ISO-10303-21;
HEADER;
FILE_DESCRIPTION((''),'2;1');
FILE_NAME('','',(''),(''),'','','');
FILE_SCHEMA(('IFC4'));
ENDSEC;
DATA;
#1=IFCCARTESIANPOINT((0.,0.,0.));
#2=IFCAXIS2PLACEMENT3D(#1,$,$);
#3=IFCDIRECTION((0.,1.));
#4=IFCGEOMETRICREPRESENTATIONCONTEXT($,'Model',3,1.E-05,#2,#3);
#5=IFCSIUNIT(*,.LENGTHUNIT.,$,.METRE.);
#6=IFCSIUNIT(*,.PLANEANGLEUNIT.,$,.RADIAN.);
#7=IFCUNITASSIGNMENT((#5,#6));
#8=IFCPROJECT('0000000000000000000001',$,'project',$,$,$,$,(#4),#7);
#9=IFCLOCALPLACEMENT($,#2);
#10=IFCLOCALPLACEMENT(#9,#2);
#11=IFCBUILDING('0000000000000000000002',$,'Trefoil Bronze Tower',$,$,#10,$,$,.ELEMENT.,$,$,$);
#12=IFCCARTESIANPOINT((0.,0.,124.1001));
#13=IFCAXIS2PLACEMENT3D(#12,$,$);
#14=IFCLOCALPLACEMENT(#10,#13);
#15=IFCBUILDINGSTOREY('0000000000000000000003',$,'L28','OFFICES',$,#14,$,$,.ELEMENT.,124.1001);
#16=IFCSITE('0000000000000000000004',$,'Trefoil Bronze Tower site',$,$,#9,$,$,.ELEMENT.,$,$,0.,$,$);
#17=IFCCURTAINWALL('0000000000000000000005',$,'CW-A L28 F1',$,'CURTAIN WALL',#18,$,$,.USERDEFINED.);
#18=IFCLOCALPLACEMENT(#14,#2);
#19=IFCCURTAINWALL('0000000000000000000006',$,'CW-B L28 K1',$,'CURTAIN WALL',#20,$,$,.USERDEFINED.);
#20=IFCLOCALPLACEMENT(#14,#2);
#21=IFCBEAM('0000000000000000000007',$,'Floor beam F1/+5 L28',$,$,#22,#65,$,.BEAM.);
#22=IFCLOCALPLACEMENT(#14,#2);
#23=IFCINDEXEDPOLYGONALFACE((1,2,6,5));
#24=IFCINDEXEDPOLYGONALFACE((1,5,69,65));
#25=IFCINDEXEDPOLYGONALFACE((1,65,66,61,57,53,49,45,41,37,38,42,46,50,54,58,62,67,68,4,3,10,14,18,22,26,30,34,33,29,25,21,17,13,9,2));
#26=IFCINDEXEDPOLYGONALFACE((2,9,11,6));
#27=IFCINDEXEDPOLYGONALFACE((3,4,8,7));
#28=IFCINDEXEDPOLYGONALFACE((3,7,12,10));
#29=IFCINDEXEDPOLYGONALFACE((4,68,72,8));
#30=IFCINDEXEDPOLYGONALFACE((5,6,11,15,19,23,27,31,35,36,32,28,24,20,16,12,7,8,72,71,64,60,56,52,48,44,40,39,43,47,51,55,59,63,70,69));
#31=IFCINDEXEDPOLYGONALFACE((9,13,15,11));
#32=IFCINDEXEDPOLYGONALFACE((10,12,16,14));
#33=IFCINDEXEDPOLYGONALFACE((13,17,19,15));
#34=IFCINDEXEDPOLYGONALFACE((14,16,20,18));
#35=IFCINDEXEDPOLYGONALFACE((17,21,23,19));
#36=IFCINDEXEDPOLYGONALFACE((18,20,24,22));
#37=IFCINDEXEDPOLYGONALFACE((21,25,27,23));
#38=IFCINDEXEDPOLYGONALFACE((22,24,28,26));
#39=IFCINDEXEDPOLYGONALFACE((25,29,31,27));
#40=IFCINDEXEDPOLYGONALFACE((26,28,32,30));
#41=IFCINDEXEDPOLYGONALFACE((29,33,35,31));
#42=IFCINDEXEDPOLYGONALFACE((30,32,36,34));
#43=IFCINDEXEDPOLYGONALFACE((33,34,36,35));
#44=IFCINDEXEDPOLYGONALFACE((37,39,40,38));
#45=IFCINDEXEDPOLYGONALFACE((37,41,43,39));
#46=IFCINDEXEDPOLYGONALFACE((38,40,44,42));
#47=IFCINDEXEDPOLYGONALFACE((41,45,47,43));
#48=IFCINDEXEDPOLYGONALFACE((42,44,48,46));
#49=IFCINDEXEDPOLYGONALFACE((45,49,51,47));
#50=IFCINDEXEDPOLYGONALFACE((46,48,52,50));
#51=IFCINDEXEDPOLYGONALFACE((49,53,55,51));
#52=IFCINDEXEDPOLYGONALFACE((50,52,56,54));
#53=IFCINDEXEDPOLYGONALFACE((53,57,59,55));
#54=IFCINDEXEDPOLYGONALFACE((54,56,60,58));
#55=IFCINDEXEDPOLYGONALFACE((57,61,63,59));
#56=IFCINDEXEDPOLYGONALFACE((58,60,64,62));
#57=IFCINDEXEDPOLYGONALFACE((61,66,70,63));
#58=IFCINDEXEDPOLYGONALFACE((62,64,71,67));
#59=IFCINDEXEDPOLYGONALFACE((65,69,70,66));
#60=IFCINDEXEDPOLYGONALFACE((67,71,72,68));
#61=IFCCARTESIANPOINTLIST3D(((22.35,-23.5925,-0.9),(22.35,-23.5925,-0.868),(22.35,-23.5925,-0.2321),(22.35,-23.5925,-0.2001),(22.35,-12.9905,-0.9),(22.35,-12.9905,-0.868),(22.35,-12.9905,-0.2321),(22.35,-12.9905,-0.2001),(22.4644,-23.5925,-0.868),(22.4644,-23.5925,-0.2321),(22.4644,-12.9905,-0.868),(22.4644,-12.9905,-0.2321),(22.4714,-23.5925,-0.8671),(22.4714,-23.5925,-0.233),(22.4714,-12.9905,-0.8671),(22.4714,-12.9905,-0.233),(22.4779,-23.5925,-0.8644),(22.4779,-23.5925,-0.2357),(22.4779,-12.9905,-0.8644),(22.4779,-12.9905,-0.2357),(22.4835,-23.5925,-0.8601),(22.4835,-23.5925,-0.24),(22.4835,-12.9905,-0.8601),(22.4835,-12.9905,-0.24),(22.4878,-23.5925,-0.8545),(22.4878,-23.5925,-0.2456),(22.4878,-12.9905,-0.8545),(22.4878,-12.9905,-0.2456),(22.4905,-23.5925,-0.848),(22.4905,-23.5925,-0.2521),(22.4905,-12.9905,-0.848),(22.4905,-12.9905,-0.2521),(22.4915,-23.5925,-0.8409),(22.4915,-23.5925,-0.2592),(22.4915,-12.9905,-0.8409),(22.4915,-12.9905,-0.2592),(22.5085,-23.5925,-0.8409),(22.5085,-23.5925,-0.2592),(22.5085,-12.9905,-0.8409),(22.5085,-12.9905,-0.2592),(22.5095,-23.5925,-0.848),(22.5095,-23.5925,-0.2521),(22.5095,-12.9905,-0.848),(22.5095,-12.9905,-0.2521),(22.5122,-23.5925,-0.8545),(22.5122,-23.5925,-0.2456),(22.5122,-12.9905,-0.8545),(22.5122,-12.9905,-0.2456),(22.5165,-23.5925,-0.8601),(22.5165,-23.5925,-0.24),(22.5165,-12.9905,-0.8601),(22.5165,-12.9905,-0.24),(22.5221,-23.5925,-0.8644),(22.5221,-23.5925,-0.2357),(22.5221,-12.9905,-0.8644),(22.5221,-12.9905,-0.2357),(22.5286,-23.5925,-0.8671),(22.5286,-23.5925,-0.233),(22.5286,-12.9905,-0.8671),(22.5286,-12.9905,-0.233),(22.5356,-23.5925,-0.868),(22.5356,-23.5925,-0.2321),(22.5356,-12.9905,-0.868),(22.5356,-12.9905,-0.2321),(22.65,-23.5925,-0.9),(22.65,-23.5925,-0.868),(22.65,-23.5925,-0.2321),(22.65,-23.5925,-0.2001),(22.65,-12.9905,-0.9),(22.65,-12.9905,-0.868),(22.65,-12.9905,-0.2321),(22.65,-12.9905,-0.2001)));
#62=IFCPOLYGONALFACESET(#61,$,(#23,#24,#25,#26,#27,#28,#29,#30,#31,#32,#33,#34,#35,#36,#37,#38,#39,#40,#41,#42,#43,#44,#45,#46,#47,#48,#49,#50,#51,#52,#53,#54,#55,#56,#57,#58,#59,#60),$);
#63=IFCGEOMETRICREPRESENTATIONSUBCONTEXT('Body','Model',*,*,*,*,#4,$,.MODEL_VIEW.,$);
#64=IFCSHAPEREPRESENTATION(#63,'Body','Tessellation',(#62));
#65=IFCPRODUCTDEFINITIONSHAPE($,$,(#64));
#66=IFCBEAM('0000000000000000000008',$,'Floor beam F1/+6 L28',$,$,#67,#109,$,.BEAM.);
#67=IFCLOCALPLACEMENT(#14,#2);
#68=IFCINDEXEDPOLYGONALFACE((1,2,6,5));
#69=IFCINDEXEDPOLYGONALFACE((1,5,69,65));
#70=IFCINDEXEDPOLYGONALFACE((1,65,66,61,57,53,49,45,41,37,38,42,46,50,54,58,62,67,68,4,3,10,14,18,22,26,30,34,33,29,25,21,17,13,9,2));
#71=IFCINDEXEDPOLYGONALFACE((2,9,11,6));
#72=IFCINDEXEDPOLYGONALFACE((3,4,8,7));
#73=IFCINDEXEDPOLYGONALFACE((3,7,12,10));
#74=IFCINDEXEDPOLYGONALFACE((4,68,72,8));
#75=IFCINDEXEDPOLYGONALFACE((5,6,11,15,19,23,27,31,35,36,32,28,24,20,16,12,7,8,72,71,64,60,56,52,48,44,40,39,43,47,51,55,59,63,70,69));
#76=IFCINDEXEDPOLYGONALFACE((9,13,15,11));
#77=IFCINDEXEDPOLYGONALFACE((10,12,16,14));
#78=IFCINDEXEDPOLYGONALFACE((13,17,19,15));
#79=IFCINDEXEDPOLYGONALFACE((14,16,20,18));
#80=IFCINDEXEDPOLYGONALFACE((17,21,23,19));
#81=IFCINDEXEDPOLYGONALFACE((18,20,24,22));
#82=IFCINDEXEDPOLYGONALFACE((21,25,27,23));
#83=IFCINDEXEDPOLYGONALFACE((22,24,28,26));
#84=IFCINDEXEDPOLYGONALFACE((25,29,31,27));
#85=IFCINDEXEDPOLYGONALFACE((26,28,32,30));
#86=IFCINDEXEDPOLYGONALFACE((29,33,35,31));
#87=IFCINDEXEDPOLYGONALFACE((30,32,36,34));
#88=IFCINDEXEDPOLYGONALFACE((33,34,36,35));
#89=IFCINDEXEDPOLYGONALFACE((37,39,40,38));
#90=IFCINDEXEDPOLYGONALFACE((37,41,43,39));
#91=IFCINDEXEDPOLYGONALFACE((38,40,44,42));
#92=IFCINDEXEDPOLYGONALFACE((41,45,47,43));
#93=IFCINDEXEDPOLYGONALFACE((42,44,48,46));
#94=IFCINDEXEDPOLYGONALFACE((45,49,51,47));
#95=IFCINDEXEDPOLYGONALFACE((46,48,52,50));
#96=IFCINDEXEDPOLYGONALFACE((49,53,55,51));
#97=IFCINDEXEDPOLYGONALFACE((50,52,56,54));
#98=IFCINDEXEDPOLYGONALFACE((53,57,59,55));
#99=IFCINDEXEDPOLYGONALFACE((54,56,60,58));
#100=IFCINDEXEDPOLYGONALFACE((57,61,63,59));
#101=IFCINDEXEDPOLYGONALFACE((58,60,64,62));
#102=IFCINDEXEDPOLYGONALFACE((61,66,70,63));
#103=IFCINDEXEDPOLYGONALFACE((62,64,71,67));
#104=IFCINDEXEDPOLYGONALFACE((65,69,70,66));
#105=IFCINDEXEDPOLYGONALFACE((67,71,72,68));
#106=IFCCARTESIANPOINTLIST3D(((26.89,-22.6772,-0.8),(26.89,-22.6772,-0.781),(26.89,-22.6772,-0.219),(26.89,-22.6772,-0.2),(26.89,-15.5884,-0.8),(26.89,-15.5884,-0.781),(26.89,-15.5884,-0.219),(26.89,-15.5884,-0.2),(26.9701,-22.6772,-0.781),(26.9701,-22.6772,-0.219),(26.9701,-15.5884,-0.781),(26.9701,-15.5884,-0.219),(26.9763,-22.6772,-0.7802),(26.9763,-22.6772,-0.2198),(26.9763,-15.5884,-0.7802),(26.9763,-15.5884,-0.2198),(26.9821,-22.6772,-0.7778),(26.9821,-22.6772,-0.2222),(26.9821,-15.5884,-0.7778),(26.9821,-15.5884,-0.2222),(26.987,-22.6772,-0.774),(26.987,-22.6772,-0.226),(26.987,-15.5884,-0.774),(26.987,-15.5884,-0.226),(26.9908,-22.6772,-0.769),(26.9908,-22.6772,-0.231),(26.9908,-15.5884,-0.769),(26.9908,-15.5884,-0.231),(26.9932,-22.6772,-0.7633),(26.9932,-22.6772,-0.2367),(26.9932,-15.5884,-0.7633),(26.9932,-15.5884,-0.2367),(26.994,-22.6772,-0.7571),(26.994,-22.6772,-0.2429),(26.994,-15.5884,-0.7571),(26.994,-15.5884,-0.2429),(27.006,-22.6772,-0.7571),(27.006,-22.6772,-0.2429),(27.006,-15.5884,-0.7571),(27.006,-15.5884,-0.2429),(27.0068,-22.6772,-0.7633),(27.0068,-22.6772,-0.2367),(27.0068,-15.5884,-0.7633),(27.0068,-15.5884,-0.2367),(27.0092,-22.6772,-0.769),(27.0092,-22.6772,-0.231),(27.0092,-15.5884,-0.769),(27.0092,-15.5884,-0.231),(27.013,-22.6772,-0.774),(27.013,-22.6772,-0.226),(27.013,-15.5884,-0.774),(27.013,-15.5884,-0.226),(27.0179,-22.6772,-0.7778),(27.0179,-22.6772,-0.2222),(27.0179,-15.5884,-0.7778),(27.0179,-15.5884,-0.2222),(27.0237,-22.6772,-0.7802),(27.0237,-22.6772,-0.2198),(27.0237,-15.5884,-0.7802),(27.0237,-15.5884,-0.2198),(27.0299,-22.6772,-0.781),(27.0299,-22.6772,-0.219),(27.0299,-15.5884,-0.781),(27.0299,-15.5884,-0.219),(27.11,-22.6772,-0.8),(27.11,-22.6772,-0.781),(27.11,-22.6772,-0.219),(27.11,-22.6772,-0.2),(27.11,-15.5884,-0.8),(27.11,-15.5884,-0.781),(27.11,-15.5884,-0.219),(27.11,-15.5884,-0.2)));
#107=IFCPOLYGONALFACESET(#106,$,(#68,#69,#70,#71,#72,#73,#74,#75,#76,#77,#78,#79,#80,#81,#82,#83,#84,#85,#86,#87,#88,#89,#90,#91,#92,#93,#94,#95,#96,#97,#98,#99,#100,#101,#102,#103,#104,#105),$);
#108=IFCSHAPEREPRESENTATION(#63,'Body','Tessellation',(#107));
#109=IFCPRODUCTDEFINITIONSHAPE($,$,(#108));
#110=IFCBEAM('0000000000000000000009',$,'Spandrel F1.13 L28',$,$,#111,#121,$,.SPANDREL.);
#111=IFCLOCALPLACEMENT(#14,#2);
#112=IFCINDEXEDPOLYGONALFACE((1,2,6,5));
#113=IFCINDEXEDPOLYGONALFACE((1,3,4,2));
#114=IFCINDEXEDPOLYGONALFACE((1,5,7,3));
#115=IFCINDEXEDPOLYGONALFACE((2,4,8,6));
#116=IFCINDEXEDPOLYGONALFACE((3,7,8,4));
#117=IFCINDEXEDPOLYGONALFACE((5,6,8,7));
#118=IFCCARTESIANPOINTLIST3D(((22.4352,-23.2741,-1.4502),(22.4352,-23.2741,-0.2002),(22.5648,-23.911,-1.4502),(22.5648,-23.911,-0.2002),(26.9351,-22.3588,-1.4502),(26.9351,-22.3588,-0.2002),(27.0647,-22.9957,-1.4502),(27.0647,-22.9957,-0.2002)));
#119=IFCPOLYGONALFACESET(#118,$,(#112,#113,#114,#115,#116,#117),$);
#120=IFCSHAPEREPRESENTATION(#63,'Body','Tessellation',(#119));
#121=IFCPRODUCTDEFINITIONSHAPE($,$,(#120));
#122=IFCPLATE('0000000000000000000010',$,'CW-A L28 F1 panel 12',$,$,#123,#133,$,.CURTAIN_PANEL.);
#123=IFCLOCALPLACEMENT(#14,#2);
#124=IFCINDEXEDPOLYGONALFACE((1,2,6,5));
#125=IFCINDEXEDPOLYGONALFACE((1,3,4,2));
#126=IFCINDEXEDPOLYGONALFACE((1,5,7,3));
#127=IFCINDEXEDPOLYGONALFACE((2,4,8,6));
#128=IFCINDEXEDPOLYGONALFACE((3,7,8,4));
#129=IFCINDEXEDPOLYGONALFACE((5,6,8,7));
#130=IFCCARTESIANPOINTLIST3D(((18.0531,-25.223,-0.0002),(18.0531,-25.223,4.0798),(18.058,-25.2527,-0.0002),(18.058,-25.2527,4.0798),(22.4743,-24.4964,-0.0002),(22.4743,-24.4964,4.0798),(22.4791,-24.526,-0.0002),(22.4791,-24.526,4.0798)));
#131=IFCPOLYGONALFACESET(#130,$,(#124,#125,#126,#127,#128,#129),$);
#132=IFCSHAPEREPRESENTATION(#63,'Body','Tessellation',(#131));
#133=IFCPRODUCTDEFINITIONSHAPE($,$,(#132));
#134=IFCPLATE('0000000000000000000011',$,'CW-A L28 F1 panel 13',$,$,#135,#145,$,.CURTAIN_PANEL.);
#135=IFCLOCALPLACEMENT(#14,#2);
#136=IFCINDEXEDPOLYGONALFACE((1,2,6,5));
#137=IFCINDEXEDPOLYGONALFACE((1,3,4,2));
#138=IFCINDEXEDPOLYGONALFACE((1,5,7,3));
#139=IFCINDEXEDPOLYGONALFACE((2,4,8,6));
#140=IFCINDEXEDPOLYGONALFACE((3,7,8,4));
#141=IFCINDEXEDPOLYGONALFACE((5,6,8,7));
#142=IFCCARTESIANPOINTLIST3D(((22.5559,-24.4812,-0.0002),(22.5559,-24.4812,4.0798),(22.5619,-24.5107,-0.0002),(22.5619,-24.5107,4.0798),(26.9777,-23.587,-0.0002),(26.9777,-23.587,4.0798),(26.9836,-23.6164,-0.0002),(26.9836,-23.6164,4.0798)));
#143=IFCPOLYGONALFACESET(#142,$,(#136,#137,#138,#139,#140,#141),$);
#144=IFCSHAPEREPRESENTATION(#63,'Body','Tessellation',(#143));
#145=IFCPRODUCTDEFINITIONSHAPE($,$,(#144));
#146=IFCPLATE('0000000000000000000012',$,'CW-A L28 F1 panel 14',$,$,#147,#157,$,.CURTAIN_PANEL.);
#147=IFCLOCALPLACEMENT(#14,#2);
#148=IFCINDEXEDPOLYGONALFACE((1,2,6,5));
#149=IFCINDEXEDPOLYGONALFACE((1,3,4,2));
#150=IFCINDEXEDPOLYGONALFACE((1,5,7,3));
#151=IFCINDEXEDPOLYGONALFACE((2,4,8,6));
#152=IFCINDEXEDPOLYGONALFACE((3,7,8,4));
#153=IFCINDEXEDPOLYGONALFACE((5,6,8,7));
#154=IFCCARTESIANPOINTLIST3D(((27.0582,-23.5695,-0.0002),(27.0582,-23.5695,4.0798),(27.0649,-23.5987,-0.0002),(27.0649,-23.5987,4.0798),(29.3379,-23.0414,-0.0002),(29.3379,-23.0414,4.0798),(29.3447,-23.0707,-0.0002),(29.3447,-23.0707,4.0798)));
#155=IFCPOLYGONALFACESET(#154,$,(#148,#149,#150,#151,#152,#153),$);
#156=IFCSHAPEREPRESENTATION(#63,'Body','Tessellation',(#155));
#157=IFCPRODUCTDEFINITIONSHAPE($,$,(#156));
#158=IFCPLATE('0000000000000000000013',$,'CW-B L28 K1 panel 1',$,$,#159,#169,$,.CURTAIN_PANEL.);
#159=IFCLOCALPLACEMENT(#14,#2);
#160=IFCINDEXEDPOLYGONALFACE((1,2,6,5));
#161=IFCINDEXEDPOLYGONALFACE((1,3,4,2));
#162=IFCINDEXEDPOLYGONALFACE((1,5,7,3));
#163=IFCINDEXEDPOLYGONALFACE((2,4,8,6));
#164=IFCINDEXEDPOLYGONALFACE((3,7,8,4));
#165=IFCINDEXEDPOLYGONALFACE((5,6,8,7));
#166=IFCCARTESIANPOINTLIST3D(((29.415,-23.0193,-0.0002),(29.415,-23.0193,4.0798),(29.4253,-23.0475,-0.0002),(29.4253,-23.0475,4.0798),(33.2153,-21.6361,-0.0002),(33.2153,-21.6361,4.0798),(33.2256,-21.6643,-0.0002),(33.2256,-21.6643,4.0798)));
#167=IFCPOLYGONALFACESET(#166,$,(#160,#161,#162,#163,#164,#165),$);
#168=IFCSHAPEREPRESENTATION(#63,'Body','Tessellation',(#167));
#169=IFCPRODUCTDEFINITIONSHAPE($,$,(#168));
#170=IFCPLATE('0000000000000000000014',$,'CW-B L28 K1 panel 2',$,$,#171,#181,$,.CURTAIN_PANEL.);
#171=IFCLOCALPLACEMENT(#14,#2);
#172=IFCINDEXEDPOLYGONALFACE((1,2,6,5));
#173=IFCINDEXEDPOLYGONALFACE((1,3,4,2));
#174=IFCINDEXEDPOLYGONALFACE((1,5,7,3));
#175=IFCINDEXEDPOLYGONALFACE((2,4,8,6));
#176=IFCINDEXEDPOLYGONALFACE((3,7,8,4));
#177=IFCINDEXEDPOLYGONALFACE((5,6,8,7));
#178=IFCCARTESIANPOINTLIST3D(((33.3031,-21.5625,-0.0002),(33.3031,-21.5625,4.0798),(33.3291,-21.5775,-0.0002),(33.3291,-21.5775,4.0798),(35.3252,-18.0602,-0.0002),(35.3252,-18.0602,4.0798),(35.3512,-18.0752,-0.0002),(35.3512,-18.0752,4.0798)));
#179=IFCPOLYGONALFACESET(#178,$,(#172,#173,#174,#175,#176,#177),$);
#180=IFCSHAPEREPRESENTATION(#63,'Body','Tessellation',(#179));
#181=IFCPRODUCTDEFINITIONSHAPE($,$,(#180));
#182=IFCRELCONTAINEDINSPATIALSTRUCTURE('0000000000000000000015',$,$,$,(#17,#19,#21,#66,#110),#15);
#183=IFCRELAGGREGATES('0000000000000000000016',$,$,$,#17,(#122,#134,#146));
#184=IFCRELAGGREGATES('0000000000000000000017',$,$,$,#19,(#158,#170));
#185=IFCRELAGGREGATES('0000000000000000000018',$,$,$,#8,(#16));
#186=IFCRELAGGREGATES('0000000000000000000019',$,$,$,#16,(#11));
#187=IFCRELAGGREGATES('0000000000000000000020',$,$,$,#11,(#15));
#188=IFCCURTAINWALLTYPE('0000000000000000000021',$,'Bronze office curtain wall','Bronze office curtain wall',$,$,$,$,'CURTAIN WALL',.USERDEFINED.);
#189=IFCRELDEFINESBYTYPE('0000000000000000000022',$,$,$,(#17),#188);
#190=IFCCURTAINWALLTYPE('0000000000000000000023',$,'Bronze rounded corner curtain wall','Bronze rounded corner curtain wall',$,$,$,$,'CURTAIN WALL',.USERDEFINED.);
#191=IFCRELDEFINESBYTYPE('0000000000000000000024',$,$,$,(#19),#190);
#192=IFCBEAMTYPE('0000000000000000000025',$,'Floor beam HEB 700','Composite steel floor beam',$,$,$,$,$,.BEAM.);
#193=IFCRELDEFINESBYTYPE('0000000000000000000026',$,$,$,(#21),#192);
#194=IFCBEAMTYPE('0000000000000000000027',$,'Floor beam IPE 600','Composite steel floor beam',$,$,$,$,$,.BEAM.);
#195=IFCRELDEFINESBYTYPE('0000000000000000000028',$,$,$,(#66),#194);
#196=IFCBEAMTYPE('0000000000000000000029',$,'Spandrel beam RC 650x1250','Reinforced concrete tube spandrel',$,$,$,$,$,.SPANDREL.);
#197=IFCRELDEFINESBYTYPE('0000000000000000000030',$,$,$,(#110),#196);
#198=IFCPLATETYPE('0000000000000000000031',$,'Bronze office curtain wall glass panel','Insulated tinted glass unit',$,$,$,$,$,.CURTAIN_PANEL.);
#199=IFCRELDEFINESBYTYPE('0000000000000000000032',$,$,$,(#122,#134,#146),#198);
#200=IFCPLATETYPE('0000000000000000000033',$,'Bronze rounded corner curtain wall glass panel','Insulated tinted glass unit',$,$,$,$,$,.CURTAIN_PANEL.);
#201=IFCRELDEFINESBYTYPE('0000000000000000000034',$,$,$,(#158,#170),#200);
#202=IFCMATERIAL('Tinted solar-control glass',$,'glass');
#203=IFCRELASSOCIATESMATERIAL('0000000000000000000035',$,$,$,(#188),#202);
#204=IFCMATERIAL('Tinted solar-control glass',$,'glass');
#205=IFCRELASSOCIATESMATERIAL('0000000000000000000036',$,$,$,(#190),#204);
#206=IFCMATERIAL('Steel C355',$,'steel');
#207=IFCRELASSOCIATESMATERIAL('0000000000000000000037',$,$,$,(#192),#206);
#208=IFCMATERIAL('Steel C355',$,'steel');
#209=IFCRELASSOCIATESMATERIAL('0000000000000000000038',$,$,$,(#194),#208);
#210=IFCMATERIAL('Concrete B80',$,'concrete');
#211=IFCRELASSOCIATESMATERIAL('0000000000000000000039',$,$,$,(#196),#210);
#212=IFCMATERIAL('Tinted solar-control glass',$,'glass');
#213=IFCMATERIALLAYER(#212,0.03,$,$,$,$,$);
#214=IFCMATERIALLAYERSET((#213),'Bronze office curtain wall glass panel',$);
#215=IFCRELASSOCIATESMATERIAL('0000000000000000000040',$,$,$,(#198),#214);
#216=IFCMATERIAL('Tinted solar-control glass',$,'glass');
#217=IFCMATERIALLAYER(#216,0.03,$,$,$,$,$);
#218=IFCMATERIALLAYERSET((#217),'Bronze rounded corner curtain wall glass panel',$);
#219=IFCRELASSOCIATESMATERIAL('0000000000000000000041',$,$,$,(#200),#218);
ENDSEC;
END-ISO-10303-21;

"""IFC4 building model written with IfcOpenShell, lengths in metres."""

from ifc_helpers import new_model, si_unit, direction, frame, origin, origin_2d, place, context, subcontext, project, spatial, rectangle, i_section, extrude, material, layer, layer_set, material_profile, profile_set, type_object, element, aggregate, save


model = new_model("IFC4")

# Units and contexts
model_context = context("Model", 3, precision=1e-05, world=origin(), true_north=direction((0.0, 1.0)))
body_context = subcontext(model_context, "Body", "Model", "MODEL_VIEW")
ifc_project = project(units=[si_unit("LENGTHUNIT", "METRE"), si_unit("PLANEANGLEUNIT", "RADIAN")], contexts=[model_context])

# Site, building, storey
site_placement = place(None, origin())
site = spatial("IfcSite", under=ifc_project, at=site_placement, Name="Trefoil Bronze Tower site", CompositionType="ELEMENT", RefElevation=0.0)
building_placement = place(site_placement, origin())
building = spatial("IfcBuilding", under=site, at=building_placement, Name="Trefoil Bronze Tower", CompositionType="ELEMENT")
storey_placement = place(building_placement, frame((0.0, 0.0, 124.1001)))
storey = spatial("IfcBuildingStorey", under=building, at=storey_placement, Name="L28", Description="OFFICES", CompositionType="ELEMENT", Elevation=124.1001)

# Curtain walls
ifc_material_1 = material(Name="Tinted solar-control glass", Category="glass")
curtain_wall_type_1 = type_object("IfcCurtainWallType", Name="Bronze office curtain wall", Description="Bronze office curtain wall", ElementType="CURTAIN WALL", PredefinedType="USERDEFINED", material=ifc_material_1)
curtain_wall_1_placement = place(storey_placement, origin())
curtain_wall_1 = element("IfcCurtainWall", 1, at=curtain_wall_1_placement, inside=storey, type_object=curtain_wall_type_1, Name="CW-A L28 F1", ObjectType="CURTAIN WALL", PredefinedType="USERDEFINED")
ifc_material_2 = material(Name="Tinted solar-control glass", Category="glass")
curtain_wall_type_2 = type_object("IfcCurtainWallType", Name="Bronze rounded corner curtain wall", Description="Bronze rounded corner curtain wall", ElementType="CURTAIN WALL", PredefinedType="USERDEFINED", material=ifc_material_2)
curtain_wall_2_placement = place(storey_placement, origin())
curtain_wall_2 = element("IfcCurtainWall", 2, at=curtain_wall_2_placement, inside=storey, type_object=curtain_wall_type_2, Name="CW-B L28 K1", ObjectType="CURTAIN WALL", PredefinedType="USERDEFINED")

# Beams
ifc_material_3 = material(Name="Steel C355", Category="steel")
ifc_material_profile_1 = material_profile(ifc_material_3, i_section(OverallWidth=0.3, OverallDepth=0.7, WebThickness=0.0171, FlangeThickness=0.032, FilletRadius=0.0271, at=origin_2d()), Name="HEB 700")
ifc_profile_set_1 = profile_set([ifc_material_profile_1], Name="Steel C355")
beam_type_1 = type_object("IfcBeamType", Name="Floor beam HEB 700", Description="Composite steel floor beam", PredefinedType="BEAM", material=ifc_profile_set_1)
beam_1_placement = place(storey_placement, frame((22.5, -23.5925, -0.55), z_axis=(0.0, 1.0, 0.0), x_axis=(-1.0, 0.0, 0.0)))
element("IfcBeam", 3, at=beam_1_placement, inside=storey, type_object=beam_type_1, Name="Floor beam F1/+5 L28", PredefinedType="BEAM", context=body_context, shape_type="SweptSolid", body=[
    extrude(i_section(OverallWidth=0.3, OverallDepth=0.7, WebThickness=0.0171, FlangeThickness=0.032, FilletRadius=0.0271, at=origin_2d()), origin(), (0.0, 0.0, 1.0), 10.6021),
])
ifc_material_4 = material(Name="Steel C355", Category="steel")
ifc_material_profile_2 = material_profile(ifc_material_4, i_section(OverallWidth=0.22, OverallDepth=0.6001, WebThickness=0.012, FlangeThickness=0.019, FilletRadius=0.0239, at=origin_2d()), Name="IPE 600")
ifc_profile_set_2 = profile_set([ifc_material_profile_2], Name="Steel C355")
beam_type_2 = type_object("IfcBeamType", Name="Floor beam IPE 600", Description="Composite steel floor beam", PredefinedType="BEAM", material=ifc_profile_set_2)
beam_2_placement = place(storey_placement, frame((27.0, -22.6772, -0.5), z_axis=(0.0, 1.0, 0.0), x_axis=(-1.0, 0.0, 0.0)))
element("IfcBeam", 4, at=beam_2_placement, inside=storey, type_object=beam_type_2, Name="Floor beam F1/+6 L28", PredefinedType="BEAM", context=body_context, shape_type="SweptSolid", body=[
    extrude(i_section(OverallWidth=0.22, OverallDepth=0.6001, WebThickness=0.012, FlangeThickness=0.019, FilletRadius=0.0239, at=origin_2d()), origin(), (0.0, 0.0, 1.0), 7.0889),
])
ifc_material_5 = material(Name="Concrete B80", Category="concrete")
ifc_material_profile_3 = material_profile(ifc_material_5, rectangle(XDim=0.6499, YDim=1.25, at=origin_2d()), Name="RC 650x1250")
ifc_profile_set_3 = profile_set([ifc_material_profile_3], Name="Concrete B80")
beam_type_3 = type_object("IfcBeamType", Name="Spandrel beam RC 650x1250", Description="Reinforced concrete tube spandrel", PredefinedType="SPANDREL", material=ifc_profile_set_3)
beam_3_placement = place(storey_placement, frame((22.5, -23.5925, -0.8252), z_axis=(0.979935, 0.199315, 0.0), x_axis=(-0.199315, 0.979935, 0.0)))
element("IfcBeam", 5, at=beam_3_placement, inside=storey, type_object=beam_type_3, Name="Spandrel F1.13 L28", PredefinedType="SPANDREL", context=body_context, shape_type="SweptSolid", body=[
    extrude(rectangle(XDim=0.6499, YDim=1.25, at=origin_2d()), origin(), (0.0, 0.0, 1.0), 4.592),
])

# Plates
ifc_material_6 = material(Name="Tinted solar-control glass", Category="glass")
ifc_layer_1 = layer(ifc_material_6, 0.03)
ifc_layer_set_1 = layer_set([ifc_layer_1], Name="Bronze office curtain wall glass panel")
plate_type_1 = type_object("IfcPlateType", Name="Bronze office curtain wall glass panel", Description="Insulated tinted glass unit", PredefinedType="CURTAIN_PANEL", material=ifc_layer_set_1)
plate_1_placement = place(storey_placement, frame((20.2661, -24.8745, -0.0002), z_axis=(0.0, 0.0, 1.0), x_axis=(0.98676, 0.162189, 0.0)))
plate_1 = element("IfcPlate", 6, at=plate_1_placement, type_object=plate_type_1, Name="CW-A L28 F1 panel 12", PredefinedType="CURTAIN_PANEL", context=body_context, shape_type="SweptSolid", body=[
    extrude(rectangle(XDim=4.4805, YDim=0.03, at=origin_2d()), origin(), (0.0, 0.0, 1.0), 4.0801),
])
plate_2_placement = place(storey_placement, frame((24.7698, -24.0488, -0.0002), z_axis=(0.0, 0.0, 1.0), x_axis=(0.980155, 0.198232, 0.0)))
plate_2 = element("IfcPlate", 7, at=plate_2_placement, type_object=plate_type_1, Name="CW-A L28 F1 panel 13", PredefinedType="CURTAIN_PANEL", context=body_context, shape_type="SweptSolid", body=[
    extrude(rectangle(XDim=4.5112, YDim=0.03, at=origin_2d()), origin(), (0.0, 0.0, 1.0), 4.0801),
])
plate_3_placement = place(storey_placement, frame((28.2014, -23.3201, -0.0002), z_axis=(0.0, 0.0, 1.0), x_axis=(0.974204, 0.225667, 0.0)))
plate_3 = element("IfcPlate", 8, at=plate_3_placement, type_object=plate_type_1, Name="CW-A L28 F1 panel 14", PredefinedType="CURTAIN_PANEL", context=body_context, shape_type="SweptSolid", body=[
    extrude(rectangle(XDim=2.3401, YDim=0.03, at=origin_2d()), origin(), (0.0, 0.0, 1.0), 4.0801),
])
aggregate(curtain_wall_1, [plate_1, plate_2, plate_3])
ifc_material_7 = material(Name="Tinted solar-control glass", Category="glass")
ifc_layer_2 = layer(ifc_material_7, 0.03)
ifc_layer_set_2 = layer_set([ifc_layer_2], Name="Bronze rounded corner curtain wall glass panel")
plate_type_2 = type_object("IfcPlateType", Name="Bronze rounded corner curtain wall glass panel", Description="Insulated tinted glass unit", PredefinedType="CURTAIN_PANEL", material=ifc_layer_set_2)
plate_4_placement = place(storey_placement, frame((31.3203, -22.3418, -0.0002), z_axis=(0.0, 0.0, 1.0), x_axis=(0.939693, 0.34202, 0.0)))
plate_4 = element("IfcPlate", 9, at=plate_4_placement, type_object=plate_type_2, Name="CW-B L28 K1 panel 1", PredefinedType="CURTAIN_PANEL", context=body_context, shape_type="SweptSolid", body=[
    extrude(rectangle(XDim=4.0442, YDim=0.03, at=origin_2d()), origin(), (0.0, 0.0, 1.0), 4.0801),
])
plate_5_placement = place(storey_placement, frame((34.3271, -19.8188, -0.0002), z_axis=(0.0, 0.0, 1.0), x_axis=(0.5, 0.866025, 0.0)))
plate_5 = element("IfcPlate", 10, at=plate_5_placement, type_object=plate_type_2, Name="CW-B L28 K1 panel 2", PredefinedType="CURTAIN_PANEL", context=body_context, shape_type="SweptSolid", body=[
    extrude(rectangle(XDim=4.0442, YDim=0.03, at=origin_2d()), origin(), (0.0, 0.0, 1.0), 4.0801),
])
aggregate(curtain_wall_2, [plate_4, plate_5])

save(model, "model.ifc")
